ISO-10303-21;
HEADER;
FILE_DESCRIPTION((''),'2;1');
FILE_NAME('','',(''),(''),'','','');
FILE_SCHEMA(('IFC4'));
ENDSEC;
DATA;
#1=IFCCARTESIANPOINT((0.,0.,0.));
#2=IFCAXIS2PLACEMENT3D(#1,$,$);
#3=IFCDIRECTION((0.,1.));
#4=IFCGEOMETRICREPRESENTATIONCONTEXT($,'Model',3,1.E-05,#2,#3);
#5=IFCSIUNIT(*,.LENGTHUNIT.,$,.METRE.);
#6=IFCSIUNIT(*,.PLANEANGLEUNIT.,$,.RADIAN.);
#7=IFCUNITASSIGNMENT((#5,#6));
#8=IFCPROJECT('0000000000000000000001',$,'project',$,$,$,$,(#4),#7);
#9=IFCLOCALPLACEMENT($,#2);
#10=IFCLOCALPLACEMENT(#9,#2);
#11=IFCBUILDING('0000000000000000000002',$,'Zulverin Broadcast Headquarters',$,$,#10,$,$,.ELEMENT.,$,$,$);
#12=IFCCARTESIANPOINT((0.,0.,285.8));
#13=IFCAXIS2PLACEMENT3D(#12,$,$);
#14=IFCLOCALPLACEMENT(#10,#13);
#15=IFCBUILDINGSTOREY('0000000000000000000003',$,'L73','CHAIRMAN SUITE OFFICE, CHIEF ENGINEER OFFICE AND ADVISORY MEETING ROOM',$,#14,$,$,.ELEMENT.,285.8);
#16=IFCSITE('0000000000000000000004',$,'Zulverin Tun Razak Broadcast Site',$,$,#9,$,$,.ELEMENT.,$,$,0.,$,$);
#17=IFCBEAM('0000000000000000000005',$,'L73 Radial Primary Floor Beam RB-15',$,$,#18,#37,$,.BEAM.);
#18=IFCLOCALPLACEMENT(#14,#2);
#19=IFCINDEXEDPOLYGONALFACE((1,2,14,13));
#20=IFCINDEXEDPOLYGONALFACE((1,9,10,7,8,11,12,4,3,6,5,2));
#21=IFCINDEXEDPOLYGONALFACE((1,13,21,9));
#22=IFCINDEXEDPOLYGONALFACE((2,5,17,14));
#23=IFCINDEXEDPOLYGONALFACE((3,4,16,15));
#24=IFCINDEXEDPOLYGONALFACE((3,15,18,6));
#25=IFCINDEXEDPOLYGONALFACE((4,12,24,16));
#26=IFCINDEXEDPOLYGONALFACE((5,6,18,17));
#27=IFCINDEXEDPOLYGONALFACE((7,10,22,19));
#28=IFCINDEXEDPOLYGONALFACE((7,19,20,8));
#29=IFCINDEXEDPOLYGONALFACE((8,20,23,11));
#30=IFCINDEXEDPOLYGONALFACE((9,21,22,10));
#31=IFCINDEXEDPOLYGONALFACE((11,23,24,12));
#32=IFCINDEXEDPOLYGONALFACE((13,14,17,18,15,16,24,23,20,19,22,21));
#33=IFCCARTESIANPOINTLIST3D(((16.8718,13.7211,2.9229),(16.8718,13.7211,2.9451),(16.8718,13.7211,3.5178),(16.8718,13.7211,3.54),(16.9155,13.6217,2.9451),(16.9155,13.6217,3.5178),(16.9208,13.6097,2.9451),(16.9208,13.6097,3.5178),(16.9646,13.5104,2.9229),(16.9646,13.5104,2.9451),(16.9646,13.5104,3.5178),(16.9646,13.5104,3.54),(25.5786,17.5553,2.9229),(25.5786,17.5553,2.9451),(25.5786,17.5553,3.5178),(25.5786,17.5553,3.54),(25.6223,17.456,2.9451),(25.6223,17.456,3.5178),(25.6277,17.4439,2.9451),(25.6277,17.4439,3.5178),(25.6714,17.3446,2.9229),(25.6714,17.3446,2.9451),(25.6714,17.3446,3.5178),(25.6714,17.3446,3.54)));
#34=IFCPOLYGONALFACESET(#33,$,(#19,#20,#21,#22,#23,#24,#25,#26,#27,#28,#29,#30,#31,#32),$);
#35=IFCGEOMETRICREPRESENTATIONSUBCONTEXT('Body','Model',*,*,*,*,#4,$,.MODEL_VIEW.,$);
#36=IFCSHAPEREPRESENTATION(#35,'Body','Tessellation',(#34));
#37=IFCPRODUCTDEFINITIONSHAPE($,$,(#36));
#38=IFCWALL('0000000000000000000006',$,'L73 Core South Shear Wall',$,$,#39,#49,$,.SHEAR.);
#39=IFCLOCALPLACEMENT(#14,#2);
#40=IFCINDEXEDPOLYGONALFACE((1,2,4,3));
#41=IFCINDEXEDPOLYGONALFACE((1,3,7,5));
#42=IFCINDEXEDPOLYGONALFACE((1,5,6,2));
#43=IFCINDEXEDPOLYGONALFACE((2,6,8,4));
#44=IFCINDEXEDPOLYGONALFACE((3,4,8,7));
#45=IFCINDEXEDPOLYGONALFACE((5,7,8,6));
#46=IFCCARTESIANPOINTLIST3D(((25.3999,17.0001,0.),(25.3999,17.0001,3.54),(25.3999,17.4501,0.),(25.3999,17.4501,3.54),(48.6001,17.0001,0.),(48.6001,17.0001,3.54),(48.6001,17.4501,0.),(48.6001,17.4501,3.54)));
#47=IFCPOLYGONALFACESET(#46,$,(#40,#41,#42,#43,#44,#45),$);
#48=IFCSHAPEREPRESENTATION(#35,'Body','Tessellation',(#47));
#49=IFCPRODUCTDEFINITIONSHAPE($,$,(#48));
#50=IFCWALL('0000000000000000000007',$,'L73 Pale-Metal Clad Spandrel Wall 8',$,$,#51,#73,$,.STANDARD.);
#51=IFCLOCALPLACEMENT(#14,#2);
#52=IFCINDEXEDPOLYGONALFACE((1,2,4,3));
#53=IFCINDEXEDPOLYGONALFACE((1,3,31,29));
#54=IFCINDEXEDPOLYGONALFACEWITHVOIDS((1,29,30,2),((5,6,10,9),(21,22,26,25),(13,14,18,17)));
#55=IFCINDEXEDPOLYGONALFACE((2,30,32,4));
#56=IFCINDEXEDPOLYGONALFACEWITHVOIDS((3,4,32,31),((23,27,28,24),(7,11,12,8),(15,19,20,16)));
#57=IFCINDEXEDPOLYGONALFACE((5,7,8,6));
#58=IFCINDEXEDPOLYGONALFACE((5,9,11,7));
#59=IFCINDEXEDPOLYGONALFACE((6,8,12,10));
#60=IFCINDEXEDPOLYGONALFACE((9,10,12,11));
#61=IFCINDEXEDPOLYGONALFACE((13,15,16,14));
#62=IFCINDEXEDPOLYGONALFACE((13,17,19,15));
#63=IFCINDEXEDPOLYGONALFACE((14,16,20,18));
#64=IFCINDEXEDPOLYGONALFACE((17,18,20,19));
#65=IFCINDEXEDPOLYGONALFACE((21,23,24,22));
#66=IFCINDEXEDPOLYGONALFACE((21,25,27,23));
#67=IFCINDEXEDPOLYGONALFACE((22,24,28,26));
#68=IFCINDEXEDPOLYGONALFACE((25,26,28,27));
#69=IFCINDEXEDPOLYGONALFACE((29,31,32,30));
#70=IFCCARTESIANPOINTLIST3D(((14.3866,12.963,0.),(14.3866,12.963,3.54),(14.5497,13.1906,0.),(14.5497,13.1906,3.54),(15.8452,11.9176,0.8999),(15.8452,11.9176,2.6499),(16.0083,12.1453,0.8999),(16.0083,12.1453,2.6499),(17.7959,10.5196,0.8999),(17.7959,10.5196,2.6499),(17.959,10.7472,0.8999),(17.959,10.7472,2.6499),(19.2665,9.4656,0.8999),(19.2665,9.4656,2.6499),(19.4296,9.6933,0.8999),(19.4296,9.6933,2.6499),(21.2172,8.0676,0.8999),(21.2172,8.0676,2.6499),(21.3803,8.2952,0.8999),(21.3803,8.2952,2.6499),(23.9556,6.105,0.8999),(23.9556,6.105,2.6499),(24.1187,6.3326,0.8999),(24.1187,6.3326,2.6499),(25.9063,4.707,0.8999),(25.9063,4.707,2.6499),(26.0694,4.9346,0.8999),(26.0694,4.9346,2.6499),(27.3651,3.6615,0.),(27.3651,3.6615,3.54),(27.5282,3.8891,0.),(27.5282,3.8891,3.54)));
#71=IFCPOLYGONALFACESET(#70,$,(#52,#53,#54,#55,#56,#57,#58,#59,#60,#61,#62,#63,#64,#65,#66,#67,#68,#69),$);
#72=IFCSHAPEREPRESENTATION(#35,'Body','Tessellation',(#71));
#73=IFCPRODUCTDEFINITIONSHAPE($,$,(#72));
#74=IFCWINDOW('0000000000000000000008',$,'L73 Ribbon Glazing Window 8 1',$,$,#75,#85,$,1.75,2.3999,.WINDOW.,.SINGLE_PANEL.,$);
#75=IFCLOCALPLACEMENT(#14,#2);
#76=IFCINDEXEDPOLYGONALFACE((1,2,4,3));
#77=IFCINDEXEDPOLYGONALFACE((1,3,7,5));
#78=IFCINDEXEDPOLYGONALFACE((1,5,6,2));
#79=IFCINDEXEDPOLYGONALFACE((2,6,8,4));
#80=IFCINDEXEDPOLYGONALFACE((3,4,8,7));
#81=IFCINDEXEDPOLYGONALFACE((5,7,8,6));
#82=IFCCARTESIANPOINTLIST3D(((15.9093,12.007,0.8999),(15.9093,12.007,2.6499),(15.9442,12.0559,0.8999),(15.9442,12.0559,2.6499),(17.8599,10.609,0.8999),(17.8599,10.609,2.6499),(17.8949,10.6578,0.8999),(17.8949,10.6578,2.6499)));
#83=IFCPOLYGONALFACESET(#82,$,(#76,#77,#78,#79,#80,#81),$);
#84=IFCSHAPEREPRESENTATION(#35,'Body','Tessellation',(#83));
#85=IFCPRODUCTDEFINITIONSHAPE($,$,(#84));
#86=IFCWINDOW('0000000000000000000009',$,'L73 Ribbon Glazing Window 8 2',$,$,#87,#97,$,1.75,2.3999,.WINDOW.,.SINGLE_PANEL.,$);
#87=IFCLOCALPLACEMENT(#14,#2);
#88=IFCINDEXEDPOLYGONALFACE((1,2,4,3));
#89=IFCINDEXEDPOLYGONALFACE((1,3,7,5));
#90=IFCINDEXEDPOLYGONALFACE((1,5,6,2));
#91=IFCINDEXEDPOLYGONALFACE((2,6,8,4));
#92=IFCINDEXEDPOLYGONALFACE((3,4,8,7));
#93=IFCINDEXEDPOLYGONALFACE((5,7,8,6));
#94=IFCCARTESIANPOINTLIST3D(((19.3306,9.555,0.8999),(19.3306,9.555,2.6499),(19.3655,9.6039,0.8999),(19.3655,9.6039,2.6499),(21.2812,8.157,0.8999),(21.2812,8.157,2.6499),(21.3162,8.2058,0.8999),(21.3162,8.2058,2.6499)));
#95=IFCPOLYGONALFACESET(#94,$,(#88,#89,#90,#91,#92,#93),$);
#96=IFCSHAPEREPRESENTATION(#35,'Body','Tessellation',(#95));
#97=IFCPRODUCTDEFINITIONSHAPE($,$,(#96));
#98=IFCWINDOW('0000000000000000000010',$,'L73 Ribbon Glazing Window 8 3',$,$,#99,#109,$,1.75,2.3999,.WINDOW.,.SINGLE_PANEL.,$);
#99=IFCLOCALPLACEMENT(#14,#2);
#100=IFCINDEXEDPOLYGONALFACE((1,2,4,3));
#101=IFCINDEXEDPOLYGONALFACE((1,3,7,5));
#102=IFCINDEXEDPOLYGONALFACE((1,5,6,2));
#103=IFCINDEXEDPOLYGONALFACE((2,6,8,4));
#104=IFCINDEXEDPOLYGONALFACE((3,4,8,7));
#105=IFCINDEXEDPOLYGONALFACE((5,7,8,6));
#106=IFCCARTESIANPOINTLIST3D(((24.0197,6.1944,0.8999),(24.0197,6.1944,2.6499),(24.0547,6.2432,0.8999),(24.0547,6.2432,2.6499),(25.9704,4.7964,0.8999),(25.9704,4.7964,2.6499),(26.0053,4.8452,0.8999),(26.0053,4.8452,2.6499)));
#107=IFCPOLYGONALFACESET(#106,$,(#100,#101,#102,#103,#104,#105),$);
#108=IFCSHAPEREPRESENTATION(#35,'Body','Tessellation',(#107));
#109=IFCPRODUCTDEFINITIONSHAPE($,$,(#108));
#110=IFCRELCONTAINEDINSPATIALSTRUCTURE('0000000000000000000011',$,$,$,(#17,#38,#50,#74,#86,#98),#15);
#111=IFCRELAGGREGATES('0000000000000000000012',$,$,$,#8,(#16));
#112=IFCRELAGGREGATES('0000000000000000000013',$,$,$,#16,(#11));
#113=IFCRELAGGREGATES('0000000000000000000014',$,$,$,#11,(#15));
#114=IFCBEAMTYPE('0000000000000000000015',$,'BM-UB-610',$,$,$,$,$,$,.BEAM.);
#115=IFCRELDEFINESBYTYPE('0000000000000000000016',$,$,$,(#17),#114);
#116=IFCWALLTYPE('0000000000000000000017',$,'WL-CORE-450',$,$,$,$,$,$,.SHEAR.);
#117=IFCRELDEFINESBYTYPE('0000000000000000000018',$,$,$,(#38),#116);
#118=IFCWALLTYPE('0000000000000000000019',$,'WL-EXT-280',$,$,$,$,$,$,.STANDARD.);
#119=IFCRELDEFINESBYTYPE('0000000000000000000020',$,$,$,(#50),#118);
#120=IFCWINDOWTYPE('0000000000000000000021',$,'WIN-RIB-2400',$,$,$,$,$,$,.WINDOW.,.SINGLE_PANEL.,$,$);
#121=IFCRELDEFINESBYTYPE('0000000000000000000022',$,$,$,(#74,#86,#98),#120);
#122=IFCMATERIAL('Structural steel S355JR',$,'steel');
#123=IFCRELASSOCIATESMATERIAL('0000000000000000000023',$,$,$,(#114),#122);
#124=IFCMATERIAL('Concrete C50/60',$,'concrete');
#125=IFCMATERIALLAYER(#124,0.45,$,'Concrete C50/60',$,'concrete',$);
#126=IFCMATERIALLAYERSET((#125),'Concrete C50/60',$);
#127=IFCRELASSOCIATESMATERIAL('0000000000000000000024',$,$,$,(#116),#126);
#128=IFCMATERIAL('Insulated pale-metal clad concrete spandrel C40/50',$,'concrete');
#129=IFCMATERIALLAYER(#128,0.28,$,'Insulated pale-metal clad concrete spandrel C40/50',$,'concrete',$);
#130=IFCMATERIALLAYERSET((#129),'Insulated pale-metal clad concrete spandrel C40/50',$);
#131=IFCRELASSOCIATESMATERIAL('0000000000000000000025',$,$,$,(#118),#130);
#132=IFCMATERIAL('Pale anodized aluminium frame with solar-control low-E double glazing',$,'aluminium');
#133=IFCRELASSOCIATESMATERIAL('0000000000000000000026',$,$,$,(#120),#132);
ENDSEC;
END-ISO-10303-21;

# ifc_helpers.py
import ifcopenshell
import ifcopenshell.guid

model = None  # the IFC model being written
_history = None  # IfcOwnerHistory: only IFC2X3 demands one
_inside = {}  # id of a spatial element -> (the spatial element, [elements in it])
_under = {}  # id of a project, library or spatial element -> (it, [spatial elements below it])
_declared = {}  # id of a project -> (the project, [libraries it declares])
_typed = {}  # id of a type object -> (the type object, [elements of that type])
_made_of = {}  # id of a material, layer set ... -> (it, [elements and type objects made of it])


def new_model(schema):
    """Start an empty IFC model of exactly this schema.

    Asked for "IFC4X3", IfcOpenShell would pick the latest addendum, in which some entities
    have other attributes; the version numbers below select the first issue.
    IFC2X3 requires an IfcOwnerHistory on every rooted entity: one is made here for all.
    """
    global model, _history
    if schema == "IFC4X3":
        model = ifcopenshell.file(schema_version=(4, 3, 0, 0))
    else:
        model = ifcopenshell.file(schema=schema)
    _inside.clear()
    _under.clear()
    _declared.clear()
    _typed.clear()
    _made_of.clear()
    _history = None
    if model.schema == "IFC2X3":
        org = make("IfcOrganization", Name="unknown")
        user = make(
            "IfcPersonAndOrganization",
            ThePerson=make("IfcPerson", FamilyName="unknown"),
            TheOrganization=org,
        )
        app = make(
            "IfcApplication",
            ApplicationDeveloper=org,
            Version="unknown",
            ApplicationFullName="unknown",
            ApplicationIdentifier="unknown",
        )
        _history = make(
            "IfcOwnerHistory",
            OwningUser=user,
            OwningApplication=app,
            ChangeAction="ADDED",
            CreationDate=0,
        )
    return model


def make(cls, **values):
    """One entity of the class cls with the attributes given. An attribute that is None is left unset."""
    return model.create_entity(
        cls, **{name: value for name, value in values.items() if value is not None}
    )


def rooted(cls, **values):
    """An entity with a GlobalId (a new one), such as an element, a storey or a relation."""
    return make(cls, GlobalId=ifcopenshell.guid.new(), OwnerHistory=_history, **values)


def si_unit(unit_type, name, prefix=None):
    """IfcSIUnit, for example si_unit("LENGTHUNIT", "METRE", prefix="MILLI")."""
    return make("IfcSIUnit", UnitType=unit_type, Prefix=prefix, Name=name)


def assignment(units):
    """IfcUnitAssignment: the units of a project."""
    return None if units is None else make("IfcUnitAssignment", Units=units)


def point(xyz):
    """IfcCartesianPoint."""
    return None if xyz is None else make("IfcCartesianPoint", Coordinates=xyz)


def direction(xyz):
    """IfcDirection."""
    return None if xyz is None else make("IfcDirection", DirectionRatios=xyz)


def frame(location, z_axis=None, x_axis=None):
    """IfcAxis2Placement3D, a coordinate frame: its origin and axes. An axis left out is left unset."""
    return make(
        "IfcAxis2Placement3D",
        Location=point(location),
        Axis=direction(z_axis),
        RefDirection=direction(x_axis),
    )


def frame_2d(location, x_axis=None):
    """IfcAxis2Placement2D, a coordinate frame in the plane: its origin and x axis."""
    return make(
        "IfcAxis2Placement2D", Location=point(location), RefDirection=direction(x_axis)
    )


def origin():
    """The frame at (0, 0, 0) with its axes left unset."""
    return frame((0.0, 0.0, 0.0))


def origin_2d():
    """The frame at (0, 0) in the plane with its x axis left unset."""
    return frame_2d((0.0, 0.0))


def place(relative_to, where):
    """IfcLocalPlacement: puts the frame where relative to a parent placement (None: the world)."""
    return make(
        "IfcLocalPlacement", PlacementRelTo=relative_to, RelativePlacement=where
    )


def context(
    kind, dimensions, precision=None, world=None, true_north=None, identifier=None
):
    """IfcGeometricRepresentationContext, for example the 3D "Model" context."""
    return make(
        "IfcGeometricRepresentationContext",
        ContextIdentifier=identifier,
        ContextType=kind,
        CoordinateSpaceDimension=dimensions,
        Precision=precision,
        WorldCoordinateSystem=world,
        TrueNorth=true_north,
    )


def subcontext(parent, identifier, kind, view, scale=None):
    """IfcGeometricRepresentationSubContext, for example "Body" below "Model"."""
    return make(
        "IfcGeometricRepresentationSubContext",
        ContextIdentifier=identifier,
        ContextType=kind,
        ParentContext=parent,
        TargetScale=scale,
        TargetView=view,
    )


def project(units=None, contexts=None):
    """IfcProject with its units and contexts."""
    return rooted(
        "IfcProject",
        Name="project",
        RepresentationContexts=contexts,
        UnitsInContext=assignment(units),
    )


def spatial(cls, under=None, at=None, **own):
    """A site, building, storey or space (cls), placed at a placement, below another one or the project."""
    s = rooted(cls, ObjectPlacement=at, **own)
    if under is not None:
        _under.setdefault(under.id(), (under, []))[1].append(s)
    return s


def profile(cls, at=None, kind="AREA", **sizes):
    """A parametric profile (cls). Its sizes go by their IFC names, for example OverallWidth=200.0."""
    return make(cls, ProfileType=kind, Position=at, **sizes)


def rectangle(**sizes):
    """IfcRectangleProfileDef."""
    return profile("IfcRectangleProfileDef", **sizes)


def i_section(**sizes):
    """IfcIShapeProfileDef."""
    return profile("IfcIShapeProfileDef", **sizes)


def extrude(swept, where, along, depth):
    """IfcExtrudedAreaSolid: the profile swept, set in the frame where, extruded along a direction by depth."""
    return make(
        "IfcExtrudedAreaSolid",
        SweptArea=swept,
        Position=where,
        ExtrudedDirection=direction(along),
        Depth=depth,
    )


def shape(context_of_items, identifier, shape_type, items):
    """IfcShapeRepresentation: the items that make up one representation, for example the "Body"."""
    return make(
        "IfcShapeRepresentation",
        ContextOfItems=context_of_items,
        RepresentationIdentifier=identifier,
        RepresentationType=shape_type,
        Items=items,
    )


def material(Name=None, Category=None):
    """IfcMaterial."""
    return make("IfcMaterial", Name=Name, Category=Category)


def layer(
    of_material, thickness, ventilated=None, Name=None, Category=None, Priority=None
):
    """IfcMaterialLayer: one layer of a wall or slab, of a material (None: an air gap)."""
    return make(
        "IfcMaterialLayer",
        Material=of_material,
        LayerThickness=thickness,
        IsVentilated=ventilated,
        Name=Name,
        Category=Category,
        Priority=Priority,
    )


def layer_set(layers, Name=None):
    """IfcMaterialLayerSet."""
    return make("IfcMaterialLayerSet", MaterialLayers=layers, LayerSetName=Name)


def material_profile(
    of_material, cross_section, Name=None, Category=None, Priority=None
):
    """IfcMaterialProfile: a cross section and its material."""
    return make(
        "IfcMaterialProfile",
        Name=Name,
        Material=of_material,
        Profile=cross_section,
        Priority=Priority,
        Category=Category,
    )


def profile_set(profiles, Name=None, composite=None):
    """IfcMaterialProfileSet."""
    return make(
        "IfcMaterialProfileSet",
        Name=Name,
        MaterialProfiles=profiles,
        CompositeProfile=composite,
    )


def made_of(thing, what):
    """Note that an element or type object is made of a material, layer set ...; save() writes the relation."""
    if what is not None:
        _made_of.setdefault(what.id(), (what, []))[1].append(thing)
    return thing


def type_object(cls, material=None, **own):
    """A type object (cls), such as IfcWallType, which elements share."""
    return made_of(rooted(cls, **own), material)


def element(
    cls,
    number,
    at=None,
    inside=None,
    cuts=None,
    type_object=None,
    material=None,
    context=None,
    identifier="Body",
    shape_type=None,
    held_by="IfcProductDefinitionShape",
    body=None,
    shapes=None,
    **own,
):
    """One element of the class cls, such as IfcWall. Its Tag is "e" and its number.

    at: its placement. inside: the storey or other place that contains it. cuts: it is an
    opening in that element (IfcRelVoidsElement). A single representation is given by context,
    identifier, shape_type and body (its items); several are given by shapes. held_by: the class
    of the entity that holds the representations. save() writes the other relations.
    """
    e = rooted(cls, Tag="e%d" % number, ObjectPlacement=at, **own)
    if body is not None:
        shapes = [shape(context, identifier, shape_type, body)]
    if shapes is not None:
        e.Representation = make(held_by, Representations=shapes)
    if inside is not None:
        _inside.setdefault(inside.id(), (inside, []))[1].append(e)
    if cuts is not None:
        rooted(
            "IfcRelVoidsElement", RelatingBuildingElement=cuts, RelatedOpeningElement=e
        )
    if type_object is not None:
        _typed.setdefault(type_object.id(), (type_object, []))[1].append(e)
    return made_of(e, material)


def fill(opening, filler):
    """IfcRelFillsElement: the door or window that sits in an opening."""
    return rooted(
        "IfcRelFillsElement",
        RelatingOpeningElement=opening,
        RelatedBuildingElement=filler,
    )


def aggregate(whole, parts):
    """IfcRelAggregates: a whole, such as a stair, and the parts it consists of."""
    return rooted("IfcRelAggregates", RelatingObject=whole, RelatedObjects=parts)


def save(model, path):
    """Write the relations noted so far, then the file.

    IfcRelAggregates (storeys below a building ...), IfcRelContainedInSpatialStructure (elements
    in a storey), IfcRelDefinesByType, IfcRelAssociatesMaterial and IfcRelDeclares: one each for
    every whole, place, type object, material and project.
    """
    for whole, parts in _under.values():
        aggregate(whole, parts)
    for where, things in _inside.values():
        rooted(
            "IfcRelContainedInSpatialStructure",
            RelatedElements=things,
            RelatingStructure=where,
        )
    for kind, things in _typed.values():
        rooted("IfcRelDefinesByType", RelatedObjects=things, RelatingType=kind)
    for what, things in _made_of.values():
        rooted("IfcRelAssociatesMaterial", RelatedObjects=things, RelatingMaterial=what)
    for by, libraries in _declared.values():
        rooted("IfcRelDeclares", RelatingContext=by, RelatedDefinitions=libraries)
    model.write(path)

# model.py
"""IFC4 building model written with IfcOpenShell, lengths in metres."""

from ifc_helpers import new_model, si_unit, direction, frame, frame_2d, origin, origin_2d, place, context, subcontext, project, spatial, rectangle, i_section, extrude, material, layer, layer_set, material_profile, profile_set, type_object, element, fill, save


model = new_model("IFC4")

# Units and contexts
model_context = context("Model", 3, precision=1e-05, world=origin(), true_north=direction((0.0, 1.0)))
body_context = subcontext(model_context, "Body", "Model", "MODEL_VIEW")
ifc_project = project(units=[si_unit("LENGTHUNIT", "METRE"), si_unit("PLANEANGLEUNIT", "RADIAN")], contexts=[model_context])

# Site, building, storey
site_placement = place(None, origin())
site = spatial("IfcSite", under=ifc_project, at=site_placement, Name="Zulverin Tun Razak Broadcast Site", CompositionType="ELEMENT", RefElevation=0.0)
building_placement = place(site_placement, origin())
building = spatial("IfcBuilding", under=site, at=building_placement, Name="Zulverin Broadcast Headquarters", CompositionType="ELEMENT")
storey_placement = place(building_placement, frame((0.0, 0.0, 285.8)))
storey = spatial("IfcBuildingStorey", under=building, at=storey_placement, Name="L73", Description="CHAIRMAN SUITE OFFICE, CHIEF ENGINEER OFFICE AND ADVISORY MEETING ROOM", CompositionType="ELEMENT", Elevation=285.8)

# Shared definitions
ifc_material_1 = material(Name="Concrete C50/60", Category="concrete")

# Beam
ifc_material_2 = material(Name="Structural steel S355JR", Category="steel")
ifc_material_profile_1 = material_profile(ifc_material_2, i_section(OverallWidth=0.2302, OverallDepth=0.6172, WebThickness=0.0132, FlangeThickness=0.0222, at=origin_2d()), Name="Structural steel S355JR", Category="steel")
ifc_profile_set_1 = profile_set([ifc_material_profile_1], Name="Structural steel S355JR")
beam_type_1 = type_object("IfcBeamType", Name="BM-UB-610", PredefinedType="BEAM", material=ifc_profile_set_1)
beam_1_placement = place(storey_placement, frame((25.625, 17.45, 3.2314), z_axis=(-0.915189, -0.403024, 0.0), x_axis=(0.403024, -0.915189, 0.0)))
element("IfcBeam", 1, at=beam_1_placement, inside=storey, type_object=beam_type_1, Name="L73 Radial Primary Floor Beam RB-15", PredefinedType="BEAM", context=body_context, shape_type="SweptSolid", body=[
    extrude(i_section(OverallWidth=0.2302, OverallDepth=0.6172, WebThickness=0.0132, FlangeThickness=0.0222, at=origin_2d()), origin(), (0.0, 0.0, 1.0), 9.5137),
])

# Wall
ifc_layer_1 = layer(ifc_material_1, 0.45, Name="Concrete C50/60", Category="concrete")
ifc_layer_set_1 = layer_set([ifc_layer_1], Name="Concrete C50/60")
wall_type_1 = type_object("IfcWallType", Name="WL-CORE-450", PredefinedType="SHEAR", material=ifc_layer_set_1)
wall_1_placement = place(storey_placement, frame((25.3999, 17.2251, 0.0), z_axis=(0.0, 0.0, 1.0), x_axis=(1.0, 0.0, 0.0)))
element("IfcWall", 2, at=wall_1_placement, inside=storey, type_object=wall_type_1, Name="L73 Core South Shear Wall", PredefinedType="SHEAR", context=body_context, shape_type="SweptSolid", body=[
    extrude(rectangle(XDim=23.2002, YDim=0.45, at=frame_2d((11.6001, 0.0))), origin(), (0.0, 0.0, 1.0), 3.54),
])

# Wall, openings, windows
ifc_material_3 = material(Name="Insulated pale-metal clad concrete spandrel C40/50", Category="concrete")
ifc_layer_2 = layer(ifc_material_3, 0.28, Name="Insulated pale-metal clad concrete spandrel C40/50", Category="concrete")
ifc_layer_set_2 = layer_set([ifc_layer_2], Name="Insulated pale-metal clad concrete spandrel C40/50")
wall_type_2 = type_object("IfcWallType", Name="WL-EXT-280", PredefinedType="STANDARD", material=ifc_layer_set_2)
wall_2_placement = place(storey_placement, frame((14.468, 13.0769, 0.0), z_axis=(0.0, 0.0, 1.0), x_axis=(0.81281, -0.582529, 0.0)))
wall_2 = element("IfcWall", 3, at=wall_2_placement, inside=storey, type_object=wall_type_2, Name="L73 Pale-Metal Clad Spandrel Wall 8", PredefinedType="STANDARD", context=body_context, shape_type="SweptSolid", body=[
    extrude(rectangle(XDim=15.9675, YDim=0.28, at=frame_2d((7.9839, 0.0))), origin(), (0.0, 0.0, 1.0), 3.54),
])
opening_1_placement = place(wall_2_placement, frame((1.7947, 0.0, 0.8999)))
opening_1 = element("IfcOpeningElement", 4, at=opening_1_placement, cuts=wall_2, PredefinedType="OPENING", context=body_context, shape_type="SweptSolid", body=[
    extrude(rectangle(XDim=2.3999, YDim=1.75, at=frame_2d((1.2, 0.875))), frame((0.0, 0.1499, 0.0), z_axis=(0.0, -1.0, 0.0), x_axis=(1.0, 0.0, 0.0)), (0.0, 0.0, 1.0), 0.3),
])
opening_2_placement = place(wall_2_placement, frame((6.0039, 0.0, 0.8999)))
opening_2 = element("IfcOpeningElement", 5, at=opening_2_placement, cuts=wall_2, PredefinedType="OPENING", context=body_context, shape_type="SweptSolid", body=[
    extrude(rectangle(XDim=2.3999, YDim=1.75, at=frame_2d((1.2, 0.875))), frame((0.0, 0.1499, 0.0), z_axis=(0.0, -1.0, 0.0), x_axis=(1.0, 0.0, 0.0)), (0.0, 0.0, 1.0), 0.3),
])
opening_3_placement = place(wall_2_placement, frame((11.7729, 0.0, 0.8999)))
opening_3 = element("IfcOpeningElement", 6, at=opening_3_placement, cuts=wall_2, PredefinedType="OPENING", context=body_context, shape_type="SweptSolid", body=[
    extrude(rectangle(XDim=2.3999, YDim=1.75, at=frame_2d((1.2, 0.875))), frame((0.0, 0.1499, 0.0), z_axis=(0.0, -1.0, 0.0), x_axis=(1.0, 0.0, 0.0)), (0.0, 0.0, 1.0), 0.3),
])
ifc_material_4 = material(Name="Pale anodized aluminium frame with solar-control low-E double glazing", Category="aluminium")
window_type = type_object("IfcWindowType", Name="WIN-RIB-2400", PartitioningType="SINGLE_PANEL", PredefinedType="WINDOW", material=ifc_material_4)
window_1_placement = place(opening_1_placement, origin())
window_1 = element("IfcWindow", 7, at=window_1_placement, inside=storey, type_object=window_type, Name="L73 Ribbon Glazing Window 8 1", OverallHeight=1.75, OverallWidth=2.3999, PartitioningType="SINGLE_PANEL", PredefinedType="WINDOW", context=body_context, shape_type="SweptSolid", body=[
    extrude(rectangle(XDim=2.3999, YDim=1.75, at=frame_2d((1.2, 0.875))), frame((0.0, 0.03, 0.0), z_axis=(0.0, -1.0, 0.0), x_axis=(1.0, 0.0, 0.0)), (0.0, 0.0, 1.0), 0.0601),
])
fill(opening_1, window_1)
window_2_placement = place(opening_2_placement, origin())
window_2 = element("IfcWindow", 8, at=window_2_placement, inside=storey, type_object=window_type, Name="L73 Ribbon Glazing Window 8 2", OverallHeight=1.75, OverallWidth=2.3999, PartitioningType="SINGLE_PANEL", PredefinedType="WINDOW", context=body_context, shape_type="SweptSolid", body=[
    extrude(rectangle(XDim=2.3999, YDim=1.75, at=frame_2d((1.2, 0.875))), frame((0.0, 0.03, 0.0), z_axis=(0.0, -1.0, 0.0), x_axis=(1.0, 0.0, 0.0)), (0.0, 0.0, 1.0), 0.0601),
])
fill(opening_2, window_2)
window_3_placement = place(opening_3_placement, origin())
window_3 = element("IfcWindow", 9, at=window_3_placement, inside=storey, type_object=window_type, Name="L73 Ribbon Glazing Window 8 3", OverallHeight=1.75, OverallWidth=2.3999, PartitioningType="SINGLE_PANEL", PredefinedType="WINDOW", context=body_context, shape_type="SweptSolid", body=[
    extrude(rectangle(XDim=2.3999, YDim=1.75, at=frame_2d((1.2, 0.875))), frame((0.0, 0.03, 0.0), z_axis=(0.0, -1.0, 0.0), x_axis=(1.0, 0.0, 0.0)), (0.0, 0.0, 1.0), 0.0601),
])
fill(opening_3, window_3)

save(model, "model.ifc")
